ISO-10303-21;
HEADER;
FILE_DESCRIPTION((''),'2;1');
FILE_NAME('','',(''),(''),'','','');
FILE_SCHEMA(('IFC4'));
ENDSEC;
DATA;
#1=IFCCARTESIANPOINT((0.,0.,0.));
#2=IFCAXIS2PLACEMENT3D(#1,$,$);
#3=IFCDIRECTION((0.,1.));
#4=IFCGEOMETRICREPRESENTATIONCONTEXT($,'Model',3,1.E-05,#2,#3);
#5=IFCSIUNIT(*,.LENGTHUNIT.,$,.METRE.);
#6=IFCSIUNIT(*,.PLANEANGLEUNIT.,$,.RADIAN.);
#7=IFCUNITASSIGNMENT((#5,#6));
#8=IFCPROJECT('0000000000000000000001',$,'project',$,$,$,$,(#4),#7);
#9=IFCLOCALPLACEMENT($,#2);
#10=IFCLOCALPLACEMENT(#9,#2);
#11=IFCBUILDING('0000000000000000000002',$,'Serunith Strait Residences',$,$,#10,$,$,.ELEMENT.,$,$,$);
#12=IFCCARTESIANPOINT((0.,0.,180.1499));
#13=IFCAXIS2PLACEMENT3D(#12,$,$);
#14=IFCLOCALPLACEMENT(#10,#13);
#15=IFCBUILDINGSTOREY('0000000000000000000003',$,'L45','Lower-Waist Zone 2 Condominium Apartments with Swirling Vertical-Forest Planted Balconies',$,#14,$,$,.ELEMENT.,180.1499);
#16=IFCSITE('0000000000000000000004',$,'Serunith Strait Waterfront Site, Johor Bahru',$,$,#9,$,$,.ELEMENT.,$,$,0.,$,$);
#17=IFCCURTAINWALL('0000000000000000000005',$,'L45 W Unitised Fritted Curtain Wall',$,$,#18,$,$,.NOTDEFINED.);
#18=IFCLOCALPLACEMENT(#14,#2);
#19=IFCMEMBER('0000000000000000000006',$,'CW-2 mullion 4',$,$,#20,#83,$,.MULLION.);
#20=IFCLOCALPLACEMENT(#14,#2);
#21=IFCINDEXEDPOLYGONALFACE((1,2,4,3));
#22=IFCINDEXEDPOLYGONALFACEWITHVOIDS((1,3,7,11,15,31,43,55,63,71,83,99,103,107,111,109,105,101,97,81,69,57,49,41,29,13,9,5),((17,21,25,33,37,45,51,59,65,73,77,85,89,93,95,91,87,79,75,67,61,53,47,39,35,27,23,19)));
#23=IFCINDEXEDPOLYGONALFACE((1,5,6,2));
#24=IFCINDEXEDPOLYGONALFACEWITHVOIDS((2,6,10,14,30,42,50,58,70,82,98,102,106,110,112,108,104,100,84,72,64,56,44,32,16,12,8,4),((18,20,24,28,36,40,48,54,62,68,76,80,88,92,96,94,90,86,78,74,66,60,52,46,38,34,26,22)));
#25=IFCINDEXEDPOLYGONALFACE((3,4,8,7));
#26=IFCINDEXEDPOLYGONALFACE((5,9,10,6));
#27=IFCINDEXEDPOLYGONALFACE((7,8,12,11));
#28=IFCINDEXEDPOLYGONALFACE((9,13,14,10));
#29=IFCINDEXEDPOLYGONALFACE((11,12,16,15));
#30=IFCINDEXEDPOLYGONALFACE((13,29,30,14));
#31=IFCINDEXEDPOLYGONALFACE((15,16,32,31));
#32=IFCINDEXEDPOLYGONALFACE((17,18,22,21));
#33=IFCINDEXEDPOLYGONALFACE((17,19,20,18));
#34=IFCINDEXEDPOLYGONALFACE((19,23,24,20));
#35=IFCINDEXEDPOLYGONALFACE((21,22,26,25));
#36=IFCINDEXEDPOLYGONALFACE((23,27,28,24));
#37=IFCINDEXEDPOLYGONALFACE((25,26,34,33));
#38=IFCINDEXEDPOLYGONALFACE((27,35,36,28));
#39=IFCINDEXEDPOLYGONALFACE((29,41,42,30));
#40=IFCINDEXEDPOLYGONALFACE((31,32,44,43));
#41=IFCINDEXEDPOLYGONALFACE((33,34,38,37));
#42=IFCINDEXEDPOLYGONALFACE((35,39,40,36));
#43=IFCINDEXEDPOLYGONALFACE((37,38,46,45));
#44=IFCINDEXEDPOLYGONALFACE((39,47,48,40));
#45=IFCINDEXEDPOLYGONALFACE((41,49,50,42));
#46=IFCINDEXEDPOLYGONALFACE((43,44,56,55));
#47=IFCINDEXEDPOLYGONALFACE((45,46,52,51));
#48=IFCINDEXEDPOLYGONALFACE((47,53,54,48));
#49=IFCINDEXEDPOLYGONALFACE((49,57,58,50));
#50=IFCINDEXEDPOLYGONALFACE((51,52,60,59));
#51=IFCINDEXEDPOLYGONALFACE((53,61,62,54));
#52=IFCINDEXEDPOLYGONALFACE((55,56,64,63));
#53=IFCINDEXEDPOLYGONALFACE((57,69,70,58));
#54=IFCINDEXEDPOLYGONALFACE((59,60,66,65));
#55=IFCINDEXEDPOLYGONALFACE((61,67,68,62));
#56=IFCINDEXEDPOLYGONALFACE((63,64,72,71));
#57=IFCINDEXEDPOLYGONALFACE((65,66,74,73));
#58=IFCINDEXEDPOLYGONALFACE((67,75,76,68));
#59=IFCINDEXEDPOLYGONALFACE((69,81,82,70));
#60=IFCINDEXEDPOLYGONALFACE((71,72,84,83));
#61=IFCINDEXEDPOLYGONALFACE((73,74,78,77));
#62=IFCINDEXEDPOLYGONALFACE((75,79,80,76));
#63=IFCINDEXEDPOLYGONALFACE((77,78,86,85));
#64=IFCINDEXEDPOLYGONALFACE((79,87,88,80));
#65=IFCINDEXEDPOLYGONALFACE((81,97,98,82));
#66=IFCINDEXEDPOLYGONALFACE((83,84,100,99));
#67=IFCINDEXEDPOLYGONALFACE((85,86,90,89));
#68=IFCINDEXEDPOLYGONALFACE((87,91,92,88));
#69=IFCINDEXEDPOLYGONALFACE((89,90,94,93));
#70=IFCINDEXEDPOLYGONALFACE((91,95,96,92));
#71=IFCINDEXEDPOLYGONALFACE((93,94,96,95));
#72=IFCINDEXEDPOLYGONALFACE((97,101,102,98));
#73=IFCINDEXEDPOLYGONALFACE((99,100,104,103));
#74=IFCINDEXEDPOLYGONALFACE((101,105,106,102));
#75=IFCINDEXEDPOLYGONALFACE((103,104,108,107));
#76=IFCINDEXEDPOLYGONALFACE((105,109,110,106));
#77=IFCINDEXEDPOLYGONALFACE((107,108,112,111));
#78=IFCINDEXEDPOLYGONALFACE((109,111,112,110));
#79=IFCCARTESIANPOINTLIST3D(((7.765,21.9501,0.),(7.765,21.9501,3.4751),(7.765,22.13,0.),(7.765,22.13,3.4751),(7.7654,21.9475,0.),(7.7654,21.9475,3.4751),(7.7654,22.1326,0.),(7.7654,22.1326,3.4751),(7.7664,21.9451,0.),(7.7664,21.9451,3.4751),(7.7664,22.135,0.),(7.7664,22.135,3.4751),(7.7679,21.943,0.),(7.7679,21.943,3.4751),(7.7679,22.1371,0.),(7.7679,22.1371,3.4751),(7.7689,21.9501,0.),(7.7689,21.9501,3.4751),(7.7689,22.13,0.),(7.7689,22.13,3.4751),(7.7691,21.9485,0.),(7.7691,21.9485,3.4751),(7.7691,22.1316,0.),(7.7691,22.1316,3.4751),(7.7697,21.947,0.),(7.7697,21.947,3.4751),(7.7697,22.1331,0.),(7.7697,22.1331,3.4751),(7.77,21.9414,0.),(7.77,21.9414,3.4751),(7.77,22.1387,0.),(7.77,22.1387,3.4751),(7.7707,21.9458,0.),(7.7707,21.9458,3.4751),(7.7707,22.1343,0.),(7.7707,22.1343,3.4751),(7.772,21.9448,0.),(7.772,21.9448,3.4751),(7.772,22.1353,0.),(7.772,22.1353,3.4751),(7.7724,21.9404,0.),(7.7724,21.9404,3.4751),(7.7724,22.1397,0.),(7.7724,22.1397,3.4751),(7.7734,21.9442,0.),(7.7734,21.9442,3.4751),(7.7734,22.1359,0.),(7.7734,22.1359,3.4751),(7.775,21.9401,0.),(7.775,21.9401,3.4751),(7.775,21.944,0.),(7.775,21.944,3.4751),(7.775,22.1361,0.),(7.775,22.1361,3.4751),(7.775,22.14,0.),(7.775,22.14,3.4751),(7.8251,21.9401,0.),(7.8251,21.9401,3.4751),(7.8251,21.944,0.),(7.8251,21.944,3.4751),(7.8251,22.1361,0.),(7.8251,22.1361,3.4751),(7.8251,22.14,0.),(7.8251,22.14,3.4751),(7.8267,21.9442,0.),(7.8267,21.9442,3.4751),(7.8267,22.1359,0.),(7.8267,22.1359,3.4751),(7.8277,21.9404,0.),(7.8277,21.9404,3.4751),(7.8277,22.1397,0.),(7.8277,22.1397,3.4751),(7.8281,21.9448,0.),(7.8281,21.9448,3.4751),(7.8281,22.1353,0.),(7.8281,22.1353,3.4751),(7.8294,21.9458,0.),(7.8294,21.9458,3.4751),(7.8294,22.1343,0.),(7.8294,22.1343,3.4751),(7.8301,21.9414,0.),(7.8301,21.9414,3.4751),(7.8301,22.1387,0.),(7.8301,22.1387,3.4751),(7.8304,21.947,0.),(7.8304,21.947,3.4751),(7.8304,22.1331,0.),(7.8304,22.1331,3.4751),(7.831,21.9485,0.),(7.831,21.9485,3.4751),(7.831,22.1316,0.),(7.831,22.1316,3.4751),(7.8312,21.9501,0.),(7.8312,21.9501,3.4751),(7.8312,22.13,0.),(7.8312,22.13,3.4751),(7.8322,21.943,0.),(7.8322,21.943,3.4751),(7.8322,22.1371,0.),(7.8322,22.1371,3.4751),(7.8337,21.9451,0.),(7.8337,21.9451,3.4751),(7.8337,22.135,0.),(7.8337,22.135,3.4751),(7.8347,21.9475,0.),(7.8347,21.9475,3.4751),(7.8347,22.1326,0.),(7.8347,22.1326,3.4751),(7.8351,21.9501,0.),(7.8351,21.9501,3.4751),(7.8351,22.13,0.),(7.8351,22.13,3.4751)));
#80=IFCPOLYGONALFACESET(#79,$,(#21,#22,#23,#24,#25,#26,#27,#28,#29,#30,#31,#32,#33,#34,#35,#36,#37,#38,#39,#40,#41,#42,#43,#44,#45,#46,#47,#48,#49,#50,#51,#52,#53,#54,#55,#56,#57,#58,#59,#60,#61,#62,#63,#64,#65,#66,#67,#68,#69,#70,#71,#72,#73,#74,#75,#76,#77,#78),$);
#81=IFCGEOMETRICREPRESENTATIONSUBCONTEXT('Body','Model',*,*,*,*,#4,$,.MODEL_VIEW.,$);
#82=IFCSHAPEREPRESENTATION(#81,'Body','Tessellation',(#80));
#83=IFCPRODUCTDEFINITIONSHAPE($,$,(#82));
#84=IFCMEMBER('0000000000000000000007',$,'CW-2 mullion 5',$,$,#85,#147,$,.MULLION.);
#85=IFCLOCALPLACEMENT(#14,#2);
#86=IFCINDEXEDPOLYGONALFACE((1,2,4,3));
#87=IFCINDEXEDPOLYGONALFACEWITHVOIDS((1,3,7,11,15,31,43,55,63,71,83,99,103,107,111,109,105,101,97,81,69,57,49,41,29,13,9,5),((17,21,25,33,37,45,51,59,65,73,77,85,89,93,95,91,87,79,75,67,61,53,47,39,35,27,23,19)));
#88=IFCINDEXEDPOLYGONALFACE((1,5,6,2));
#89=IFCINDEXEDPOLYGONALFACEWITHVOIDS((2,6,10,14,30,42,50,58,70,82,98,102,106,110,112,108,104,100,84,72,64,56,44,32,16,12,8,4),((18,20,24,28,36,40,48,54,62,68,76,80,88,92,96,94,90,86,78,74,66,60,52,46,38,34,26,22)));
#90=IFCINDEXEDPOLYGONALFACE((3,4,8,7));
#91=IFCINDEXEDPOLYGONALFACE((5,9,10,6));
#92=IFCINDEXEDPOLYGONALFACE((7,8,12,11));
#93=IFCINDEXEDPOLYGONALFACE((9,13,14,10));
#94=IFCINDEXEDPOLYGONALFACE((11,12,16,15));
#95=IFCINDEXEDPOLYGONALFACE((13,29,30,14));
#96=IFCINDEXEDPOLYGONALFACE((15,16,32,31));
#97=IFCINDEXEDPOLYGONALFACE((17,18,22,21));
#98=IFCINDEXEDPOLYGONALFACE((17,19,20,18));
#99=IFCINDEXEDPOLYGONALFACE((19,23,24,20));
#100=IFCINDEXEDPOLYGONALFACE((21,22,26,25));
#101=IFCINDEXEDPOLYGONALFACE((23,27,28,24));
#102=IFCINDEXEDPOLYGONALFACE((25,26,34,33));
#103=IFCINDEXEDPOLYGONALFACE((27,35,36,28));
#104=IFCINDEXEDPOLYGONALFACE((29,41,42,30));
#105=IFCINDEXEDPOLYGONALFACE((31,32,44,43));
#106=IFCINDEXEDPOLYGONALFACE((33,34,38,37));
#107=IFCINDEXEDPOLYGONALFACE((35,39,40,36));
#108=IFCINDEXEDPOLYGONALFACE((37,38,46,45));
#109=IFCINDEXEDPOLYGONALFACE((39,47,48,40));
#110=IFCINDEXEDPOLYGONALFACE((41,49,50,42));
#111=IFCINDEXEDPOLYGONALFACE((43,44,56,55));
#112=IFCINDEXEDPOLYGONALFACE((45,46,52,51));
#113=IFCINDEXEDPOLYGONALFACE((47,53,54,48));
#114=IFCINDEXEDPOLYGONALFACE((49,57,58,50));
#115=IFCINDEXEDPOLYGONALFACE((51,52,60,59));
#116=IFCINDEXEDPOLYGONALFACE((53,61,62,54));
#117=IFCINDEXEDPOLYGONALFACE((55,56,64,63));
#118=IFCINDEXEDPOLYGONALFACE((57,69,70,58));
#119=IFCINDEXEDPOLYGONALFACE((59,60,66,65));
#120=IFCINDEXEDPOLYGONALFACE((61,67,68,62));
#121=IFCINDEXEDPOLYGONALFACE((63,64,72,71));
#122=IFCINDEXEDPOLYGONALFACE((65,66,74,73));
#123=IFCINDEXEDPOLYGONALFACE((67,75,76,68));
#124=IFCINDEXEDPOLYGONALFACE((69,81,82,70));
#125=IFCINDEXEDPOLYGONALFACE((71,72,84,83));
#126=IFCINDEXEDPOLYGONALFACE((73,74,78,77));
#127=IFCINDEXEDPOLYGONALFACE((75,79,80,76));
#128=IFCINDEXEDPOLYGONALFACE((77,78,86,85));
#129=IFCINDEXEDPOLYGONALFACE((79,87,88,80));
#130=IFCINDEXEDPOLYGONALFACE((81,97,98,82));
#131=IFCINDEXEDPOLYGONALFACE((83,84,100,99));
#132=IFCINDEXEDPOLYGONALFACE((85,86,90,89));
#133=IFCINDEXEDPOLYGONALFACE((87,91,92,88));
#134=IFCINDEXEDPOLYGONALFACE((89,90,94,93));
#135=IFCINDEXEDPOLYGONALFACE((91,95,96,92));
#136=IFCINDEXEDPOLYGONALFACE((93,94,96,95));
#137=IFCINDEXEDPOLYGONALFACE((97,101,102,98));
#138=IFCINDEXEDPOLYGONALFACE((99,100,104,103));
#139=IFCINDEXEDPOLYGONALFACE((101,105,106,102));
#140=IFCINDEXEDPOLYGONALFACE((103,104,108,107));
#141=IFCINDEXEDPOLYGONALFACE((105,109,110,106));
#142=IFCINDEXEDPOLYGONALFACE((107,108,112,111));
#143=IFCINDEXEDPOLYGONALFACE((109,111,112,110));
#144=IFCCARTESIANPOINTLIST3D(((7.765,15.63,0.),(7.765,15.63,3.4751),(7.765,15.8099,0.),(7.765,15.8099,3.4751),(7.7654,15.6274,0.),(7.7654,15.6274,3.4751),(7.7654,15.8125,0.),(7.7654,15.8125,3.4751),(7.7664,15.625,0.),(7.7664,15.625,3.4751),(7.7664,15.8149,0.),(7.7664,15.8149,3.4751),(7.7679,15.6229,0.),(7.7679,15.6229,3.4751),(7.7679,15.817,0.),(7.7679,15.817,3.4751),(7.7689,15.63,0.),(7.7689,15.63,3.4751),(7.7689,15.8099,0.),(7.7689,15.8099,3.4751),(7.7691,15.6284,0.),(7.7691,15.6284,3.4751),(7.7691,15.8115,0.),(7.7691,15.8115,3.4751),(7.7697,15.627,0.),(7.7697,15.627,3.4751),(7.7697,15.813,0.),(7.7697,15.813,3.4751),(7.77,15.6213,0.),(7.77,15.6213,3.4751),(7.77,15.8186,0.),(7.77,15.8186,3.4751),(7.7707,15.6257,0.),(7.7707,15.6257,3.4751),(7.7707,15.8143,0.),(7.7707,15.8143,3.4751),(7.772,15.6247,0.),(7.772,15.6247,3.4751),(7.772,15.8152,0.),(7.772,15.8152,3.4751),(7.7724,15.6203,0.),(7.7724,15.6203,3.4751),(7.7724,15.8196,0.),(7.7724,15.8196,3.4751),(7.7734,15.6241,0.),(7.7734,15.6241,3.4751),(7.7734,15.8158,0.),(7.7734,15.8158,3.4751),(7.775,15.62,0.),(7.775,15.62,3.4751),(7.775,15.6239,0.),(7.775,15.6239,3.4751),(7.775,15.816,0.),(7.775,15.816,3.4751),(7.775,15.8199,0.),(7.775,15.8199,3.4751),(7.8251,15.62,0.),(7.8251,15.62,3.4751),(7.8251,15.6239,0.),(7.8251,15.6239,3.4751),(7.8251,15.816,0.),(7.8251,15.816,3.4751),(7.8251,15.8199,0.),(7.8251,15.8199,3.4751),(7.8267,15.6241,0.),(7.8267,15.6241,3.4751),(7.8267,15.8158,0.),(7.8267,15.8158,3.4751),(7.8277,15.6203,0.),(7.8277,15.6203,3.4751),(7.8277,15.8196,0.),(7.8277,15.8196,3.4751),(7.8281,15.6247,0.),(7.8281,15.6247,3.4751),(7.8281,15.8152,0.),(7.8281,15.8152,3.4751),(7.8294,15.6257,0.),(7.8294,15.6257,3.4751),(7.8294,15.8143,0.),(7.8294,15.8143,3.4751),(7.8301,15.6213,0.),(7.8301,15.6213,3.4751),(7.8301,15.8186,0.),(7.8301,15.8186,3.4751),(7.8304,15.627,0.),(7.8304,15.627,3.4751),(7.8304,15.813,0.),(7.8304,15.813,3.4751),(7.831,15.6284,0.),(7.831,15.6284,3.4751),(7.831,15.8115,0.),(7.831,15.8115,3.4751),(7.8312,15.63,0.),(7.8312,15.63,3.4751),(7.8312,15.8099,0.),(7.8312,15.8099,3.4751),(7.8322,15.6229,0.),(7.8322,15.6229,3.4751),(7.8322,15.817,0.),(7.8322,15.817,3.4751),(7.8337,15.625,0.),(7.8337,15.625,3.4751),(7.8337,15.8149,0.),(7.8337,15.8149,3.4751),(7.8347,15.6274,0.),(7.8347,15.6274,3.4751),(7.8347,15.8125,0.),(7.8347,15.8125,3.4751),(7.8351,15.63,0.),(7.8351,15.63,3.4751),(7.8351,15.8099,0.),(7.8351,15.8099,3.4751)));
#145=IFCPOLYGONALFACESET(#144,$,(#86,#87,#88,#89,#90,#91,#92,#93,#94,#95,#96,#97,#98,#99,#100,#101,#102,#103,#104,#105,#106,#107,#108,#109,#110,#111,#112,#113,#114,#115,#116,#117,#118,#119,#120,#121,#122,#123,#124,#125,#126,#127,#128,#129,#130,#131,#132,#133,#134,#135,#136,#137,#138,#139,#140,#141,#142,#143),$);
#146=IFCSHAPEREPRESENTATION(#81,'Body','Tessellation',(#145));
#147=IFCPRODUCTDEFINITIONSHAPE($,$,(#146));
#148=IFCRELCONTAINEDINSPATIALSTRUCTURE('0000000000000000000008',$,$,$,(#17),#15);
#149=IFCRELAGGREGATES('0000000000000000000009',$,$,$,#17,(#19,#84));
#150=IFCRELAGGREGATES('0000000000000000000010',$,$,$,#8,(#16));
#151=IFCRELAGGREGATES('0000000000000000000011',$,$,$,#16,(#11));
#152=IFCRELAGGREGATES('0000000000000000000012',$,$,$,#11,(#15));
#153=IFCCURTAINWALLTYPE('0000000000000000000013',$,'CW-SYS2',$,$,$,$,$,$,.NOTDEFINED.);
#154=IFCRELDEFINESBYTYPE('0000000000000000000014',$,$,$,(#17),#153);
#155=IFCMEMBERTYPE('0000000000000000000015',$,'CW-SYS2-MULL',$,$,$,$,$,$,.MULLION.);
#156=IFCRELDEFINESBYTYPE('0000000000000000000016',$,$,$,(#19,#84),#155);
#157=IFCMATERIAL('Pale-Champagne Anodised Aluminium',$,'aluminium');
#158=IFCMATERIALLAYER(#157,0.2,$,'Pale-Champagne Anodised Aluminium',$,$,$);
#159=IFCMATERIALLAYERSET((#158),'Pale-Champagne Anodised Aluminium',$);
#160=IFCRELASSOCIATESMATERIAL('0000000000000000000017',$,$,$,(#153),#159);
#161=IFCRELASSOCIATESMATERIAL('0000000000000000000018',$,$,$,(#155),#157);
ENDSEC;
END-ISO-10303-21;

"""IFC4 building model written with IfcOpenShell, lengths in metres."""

from ifc_helpers import new_model, si_unit, direction, frame, origin, origin_2d, place, context, subcontext, project, spatial, hollow_rectangle, extrude, source, transform, mapped, material, layer, layer_set, material_profile, profile_set, type_object, element, aggregate, save


model = new_model("IFC4")

# Units and contexts
model_context = context("Model", 3, precision=1e-05, world=origin(), true_north=direction((0.0, 1.0)))
body_context = subcontext(model_context, "Body", "Model", "MODEL_VIEW")
ifc_project = project(units=[si_unit("LENGTHUNIT", "METRE"), si_unit("PLANEANGLEUNIT", "RADIAN")], contexts=[model_context])

# Site, building, storey
site_placement = place(None, origin())
site = spatial("IfcSite", under=ifc_project, at=site_placement, Name="Serunith Strait Waterfront Site, Johor Bahru", CompositionType="ELEMENT", RefElevation=0.0)
building_placement = place(site_placement, origin())
building = spatial("IfcBuilding", under=site, at=building_placement, Name="Serunith Strait Residences", CompositionType="ELEMENT")
storey_placement = place(building_placement, frame((0.0, 0.0, 180.1499)))
storey = spatial("IfcBuildingStorey", under=building, at=storey_placement, Name="L45", Description="Lower-Waist Zone 2 Condominium Apartments with Swirling Vertical-Forest Planted Balconies", CompositionType="ELEMENT", Elevation=180.1499)

# Curtain wall, members
ifc_material_1 = material(Name="Pale-Champagne Anodised Aluminium", Category="aluminium")
ifc_layer_1 = layer(ifc_material_1, 0.2, Name="Pale-Champagne Anodised Aluminium")
ifc_layer_set_1 = layer_set([ifc_layer_1], Name="Pale-Champagne Anodised Aluminium")
curtain_wall_type = type_object("IfcCurtainWallType", Name="CW-SYS2", PredefinedType="NOTDEFINED", material=ifc_layer_set_1)
curtain_wall_placement = place(storey_placement, origin())
curtain_wall = element("IfcCurtainWall", 1, at=curtain_wall_placement, inside=storey, type_object=curtain_wall_type, Name="L45 W Unitised Fritted Curtain Wall", PredefinedType="NOTDEFINED")
ifc_material_profile_1 = material_profile(ifc_material_1, hollow_rectangle(XDim=0.0701, YDim=0.2, WallThickness=0.0039, InnerFilletRadius=0.0061, OuterFilletRadius=0.01, at=origin_2d()), Name="ALU 200x70x4")
ifc_profile_set_1 = profile_set([ifc_material_profile_1], Name="Pale-Champagne Anodised Aluminium")
member_type_1 = type_object("IfcMemberType", Name="CW-SYS2-MULL", PredefinedType="MULLION", material=ifc_profile_set_1)
shared_shape_1 = source(origin(), body_context, "Body", "SweptSolid", [
    extrude(hollow_rectangle(XDim=0.0701, YDim=0.2, WallThickness=0.0039, InnerFilletRadius=0.0061, OuterFilletRadius=0.01, at=origin_2d()), origin(), (0.0, 0.0, 1.0), 3.4751),
])
member_1_placement = place(storey_placement, frame((7.8, 22.04, 0.0), z_axis=(0.0, 0.0, 1.0), x_axis=(1.0, 0.0, 0.0)))
member_1 = element("IfcMember", 2, at=member_1_placement, type_object=member_type_1, Name="CW-2 mullion 4", PredefinedType="MULLION", context=body_context, shape_type="MappedRepresentation", body=[
    mapped(shared_shape_1, transform((0.0, 0.0, 0.0), scale=1.0)),
])
member_2_placement = place(storey_placement, frame((7.8, 15.72, 0.0), z_axis=(0.0, 0.0, 1.0), x_axis=(1.0, 0.0, 0.0)))
member_2 = element("IfcMember", 3, at=member_2_placement, type_object=member_type_1, Name="CW-2 mullion 5", PredefinedType="MULLION", context=body_context, shape_type="MappedRepresentation", body=[
    mapped(shared_shape_1, transform((0.0, 0.0, 0.0), scale=1.0)),
])
aggregate(curtain_wall, [member_1, member_2])

save(model, "model.ifc")
